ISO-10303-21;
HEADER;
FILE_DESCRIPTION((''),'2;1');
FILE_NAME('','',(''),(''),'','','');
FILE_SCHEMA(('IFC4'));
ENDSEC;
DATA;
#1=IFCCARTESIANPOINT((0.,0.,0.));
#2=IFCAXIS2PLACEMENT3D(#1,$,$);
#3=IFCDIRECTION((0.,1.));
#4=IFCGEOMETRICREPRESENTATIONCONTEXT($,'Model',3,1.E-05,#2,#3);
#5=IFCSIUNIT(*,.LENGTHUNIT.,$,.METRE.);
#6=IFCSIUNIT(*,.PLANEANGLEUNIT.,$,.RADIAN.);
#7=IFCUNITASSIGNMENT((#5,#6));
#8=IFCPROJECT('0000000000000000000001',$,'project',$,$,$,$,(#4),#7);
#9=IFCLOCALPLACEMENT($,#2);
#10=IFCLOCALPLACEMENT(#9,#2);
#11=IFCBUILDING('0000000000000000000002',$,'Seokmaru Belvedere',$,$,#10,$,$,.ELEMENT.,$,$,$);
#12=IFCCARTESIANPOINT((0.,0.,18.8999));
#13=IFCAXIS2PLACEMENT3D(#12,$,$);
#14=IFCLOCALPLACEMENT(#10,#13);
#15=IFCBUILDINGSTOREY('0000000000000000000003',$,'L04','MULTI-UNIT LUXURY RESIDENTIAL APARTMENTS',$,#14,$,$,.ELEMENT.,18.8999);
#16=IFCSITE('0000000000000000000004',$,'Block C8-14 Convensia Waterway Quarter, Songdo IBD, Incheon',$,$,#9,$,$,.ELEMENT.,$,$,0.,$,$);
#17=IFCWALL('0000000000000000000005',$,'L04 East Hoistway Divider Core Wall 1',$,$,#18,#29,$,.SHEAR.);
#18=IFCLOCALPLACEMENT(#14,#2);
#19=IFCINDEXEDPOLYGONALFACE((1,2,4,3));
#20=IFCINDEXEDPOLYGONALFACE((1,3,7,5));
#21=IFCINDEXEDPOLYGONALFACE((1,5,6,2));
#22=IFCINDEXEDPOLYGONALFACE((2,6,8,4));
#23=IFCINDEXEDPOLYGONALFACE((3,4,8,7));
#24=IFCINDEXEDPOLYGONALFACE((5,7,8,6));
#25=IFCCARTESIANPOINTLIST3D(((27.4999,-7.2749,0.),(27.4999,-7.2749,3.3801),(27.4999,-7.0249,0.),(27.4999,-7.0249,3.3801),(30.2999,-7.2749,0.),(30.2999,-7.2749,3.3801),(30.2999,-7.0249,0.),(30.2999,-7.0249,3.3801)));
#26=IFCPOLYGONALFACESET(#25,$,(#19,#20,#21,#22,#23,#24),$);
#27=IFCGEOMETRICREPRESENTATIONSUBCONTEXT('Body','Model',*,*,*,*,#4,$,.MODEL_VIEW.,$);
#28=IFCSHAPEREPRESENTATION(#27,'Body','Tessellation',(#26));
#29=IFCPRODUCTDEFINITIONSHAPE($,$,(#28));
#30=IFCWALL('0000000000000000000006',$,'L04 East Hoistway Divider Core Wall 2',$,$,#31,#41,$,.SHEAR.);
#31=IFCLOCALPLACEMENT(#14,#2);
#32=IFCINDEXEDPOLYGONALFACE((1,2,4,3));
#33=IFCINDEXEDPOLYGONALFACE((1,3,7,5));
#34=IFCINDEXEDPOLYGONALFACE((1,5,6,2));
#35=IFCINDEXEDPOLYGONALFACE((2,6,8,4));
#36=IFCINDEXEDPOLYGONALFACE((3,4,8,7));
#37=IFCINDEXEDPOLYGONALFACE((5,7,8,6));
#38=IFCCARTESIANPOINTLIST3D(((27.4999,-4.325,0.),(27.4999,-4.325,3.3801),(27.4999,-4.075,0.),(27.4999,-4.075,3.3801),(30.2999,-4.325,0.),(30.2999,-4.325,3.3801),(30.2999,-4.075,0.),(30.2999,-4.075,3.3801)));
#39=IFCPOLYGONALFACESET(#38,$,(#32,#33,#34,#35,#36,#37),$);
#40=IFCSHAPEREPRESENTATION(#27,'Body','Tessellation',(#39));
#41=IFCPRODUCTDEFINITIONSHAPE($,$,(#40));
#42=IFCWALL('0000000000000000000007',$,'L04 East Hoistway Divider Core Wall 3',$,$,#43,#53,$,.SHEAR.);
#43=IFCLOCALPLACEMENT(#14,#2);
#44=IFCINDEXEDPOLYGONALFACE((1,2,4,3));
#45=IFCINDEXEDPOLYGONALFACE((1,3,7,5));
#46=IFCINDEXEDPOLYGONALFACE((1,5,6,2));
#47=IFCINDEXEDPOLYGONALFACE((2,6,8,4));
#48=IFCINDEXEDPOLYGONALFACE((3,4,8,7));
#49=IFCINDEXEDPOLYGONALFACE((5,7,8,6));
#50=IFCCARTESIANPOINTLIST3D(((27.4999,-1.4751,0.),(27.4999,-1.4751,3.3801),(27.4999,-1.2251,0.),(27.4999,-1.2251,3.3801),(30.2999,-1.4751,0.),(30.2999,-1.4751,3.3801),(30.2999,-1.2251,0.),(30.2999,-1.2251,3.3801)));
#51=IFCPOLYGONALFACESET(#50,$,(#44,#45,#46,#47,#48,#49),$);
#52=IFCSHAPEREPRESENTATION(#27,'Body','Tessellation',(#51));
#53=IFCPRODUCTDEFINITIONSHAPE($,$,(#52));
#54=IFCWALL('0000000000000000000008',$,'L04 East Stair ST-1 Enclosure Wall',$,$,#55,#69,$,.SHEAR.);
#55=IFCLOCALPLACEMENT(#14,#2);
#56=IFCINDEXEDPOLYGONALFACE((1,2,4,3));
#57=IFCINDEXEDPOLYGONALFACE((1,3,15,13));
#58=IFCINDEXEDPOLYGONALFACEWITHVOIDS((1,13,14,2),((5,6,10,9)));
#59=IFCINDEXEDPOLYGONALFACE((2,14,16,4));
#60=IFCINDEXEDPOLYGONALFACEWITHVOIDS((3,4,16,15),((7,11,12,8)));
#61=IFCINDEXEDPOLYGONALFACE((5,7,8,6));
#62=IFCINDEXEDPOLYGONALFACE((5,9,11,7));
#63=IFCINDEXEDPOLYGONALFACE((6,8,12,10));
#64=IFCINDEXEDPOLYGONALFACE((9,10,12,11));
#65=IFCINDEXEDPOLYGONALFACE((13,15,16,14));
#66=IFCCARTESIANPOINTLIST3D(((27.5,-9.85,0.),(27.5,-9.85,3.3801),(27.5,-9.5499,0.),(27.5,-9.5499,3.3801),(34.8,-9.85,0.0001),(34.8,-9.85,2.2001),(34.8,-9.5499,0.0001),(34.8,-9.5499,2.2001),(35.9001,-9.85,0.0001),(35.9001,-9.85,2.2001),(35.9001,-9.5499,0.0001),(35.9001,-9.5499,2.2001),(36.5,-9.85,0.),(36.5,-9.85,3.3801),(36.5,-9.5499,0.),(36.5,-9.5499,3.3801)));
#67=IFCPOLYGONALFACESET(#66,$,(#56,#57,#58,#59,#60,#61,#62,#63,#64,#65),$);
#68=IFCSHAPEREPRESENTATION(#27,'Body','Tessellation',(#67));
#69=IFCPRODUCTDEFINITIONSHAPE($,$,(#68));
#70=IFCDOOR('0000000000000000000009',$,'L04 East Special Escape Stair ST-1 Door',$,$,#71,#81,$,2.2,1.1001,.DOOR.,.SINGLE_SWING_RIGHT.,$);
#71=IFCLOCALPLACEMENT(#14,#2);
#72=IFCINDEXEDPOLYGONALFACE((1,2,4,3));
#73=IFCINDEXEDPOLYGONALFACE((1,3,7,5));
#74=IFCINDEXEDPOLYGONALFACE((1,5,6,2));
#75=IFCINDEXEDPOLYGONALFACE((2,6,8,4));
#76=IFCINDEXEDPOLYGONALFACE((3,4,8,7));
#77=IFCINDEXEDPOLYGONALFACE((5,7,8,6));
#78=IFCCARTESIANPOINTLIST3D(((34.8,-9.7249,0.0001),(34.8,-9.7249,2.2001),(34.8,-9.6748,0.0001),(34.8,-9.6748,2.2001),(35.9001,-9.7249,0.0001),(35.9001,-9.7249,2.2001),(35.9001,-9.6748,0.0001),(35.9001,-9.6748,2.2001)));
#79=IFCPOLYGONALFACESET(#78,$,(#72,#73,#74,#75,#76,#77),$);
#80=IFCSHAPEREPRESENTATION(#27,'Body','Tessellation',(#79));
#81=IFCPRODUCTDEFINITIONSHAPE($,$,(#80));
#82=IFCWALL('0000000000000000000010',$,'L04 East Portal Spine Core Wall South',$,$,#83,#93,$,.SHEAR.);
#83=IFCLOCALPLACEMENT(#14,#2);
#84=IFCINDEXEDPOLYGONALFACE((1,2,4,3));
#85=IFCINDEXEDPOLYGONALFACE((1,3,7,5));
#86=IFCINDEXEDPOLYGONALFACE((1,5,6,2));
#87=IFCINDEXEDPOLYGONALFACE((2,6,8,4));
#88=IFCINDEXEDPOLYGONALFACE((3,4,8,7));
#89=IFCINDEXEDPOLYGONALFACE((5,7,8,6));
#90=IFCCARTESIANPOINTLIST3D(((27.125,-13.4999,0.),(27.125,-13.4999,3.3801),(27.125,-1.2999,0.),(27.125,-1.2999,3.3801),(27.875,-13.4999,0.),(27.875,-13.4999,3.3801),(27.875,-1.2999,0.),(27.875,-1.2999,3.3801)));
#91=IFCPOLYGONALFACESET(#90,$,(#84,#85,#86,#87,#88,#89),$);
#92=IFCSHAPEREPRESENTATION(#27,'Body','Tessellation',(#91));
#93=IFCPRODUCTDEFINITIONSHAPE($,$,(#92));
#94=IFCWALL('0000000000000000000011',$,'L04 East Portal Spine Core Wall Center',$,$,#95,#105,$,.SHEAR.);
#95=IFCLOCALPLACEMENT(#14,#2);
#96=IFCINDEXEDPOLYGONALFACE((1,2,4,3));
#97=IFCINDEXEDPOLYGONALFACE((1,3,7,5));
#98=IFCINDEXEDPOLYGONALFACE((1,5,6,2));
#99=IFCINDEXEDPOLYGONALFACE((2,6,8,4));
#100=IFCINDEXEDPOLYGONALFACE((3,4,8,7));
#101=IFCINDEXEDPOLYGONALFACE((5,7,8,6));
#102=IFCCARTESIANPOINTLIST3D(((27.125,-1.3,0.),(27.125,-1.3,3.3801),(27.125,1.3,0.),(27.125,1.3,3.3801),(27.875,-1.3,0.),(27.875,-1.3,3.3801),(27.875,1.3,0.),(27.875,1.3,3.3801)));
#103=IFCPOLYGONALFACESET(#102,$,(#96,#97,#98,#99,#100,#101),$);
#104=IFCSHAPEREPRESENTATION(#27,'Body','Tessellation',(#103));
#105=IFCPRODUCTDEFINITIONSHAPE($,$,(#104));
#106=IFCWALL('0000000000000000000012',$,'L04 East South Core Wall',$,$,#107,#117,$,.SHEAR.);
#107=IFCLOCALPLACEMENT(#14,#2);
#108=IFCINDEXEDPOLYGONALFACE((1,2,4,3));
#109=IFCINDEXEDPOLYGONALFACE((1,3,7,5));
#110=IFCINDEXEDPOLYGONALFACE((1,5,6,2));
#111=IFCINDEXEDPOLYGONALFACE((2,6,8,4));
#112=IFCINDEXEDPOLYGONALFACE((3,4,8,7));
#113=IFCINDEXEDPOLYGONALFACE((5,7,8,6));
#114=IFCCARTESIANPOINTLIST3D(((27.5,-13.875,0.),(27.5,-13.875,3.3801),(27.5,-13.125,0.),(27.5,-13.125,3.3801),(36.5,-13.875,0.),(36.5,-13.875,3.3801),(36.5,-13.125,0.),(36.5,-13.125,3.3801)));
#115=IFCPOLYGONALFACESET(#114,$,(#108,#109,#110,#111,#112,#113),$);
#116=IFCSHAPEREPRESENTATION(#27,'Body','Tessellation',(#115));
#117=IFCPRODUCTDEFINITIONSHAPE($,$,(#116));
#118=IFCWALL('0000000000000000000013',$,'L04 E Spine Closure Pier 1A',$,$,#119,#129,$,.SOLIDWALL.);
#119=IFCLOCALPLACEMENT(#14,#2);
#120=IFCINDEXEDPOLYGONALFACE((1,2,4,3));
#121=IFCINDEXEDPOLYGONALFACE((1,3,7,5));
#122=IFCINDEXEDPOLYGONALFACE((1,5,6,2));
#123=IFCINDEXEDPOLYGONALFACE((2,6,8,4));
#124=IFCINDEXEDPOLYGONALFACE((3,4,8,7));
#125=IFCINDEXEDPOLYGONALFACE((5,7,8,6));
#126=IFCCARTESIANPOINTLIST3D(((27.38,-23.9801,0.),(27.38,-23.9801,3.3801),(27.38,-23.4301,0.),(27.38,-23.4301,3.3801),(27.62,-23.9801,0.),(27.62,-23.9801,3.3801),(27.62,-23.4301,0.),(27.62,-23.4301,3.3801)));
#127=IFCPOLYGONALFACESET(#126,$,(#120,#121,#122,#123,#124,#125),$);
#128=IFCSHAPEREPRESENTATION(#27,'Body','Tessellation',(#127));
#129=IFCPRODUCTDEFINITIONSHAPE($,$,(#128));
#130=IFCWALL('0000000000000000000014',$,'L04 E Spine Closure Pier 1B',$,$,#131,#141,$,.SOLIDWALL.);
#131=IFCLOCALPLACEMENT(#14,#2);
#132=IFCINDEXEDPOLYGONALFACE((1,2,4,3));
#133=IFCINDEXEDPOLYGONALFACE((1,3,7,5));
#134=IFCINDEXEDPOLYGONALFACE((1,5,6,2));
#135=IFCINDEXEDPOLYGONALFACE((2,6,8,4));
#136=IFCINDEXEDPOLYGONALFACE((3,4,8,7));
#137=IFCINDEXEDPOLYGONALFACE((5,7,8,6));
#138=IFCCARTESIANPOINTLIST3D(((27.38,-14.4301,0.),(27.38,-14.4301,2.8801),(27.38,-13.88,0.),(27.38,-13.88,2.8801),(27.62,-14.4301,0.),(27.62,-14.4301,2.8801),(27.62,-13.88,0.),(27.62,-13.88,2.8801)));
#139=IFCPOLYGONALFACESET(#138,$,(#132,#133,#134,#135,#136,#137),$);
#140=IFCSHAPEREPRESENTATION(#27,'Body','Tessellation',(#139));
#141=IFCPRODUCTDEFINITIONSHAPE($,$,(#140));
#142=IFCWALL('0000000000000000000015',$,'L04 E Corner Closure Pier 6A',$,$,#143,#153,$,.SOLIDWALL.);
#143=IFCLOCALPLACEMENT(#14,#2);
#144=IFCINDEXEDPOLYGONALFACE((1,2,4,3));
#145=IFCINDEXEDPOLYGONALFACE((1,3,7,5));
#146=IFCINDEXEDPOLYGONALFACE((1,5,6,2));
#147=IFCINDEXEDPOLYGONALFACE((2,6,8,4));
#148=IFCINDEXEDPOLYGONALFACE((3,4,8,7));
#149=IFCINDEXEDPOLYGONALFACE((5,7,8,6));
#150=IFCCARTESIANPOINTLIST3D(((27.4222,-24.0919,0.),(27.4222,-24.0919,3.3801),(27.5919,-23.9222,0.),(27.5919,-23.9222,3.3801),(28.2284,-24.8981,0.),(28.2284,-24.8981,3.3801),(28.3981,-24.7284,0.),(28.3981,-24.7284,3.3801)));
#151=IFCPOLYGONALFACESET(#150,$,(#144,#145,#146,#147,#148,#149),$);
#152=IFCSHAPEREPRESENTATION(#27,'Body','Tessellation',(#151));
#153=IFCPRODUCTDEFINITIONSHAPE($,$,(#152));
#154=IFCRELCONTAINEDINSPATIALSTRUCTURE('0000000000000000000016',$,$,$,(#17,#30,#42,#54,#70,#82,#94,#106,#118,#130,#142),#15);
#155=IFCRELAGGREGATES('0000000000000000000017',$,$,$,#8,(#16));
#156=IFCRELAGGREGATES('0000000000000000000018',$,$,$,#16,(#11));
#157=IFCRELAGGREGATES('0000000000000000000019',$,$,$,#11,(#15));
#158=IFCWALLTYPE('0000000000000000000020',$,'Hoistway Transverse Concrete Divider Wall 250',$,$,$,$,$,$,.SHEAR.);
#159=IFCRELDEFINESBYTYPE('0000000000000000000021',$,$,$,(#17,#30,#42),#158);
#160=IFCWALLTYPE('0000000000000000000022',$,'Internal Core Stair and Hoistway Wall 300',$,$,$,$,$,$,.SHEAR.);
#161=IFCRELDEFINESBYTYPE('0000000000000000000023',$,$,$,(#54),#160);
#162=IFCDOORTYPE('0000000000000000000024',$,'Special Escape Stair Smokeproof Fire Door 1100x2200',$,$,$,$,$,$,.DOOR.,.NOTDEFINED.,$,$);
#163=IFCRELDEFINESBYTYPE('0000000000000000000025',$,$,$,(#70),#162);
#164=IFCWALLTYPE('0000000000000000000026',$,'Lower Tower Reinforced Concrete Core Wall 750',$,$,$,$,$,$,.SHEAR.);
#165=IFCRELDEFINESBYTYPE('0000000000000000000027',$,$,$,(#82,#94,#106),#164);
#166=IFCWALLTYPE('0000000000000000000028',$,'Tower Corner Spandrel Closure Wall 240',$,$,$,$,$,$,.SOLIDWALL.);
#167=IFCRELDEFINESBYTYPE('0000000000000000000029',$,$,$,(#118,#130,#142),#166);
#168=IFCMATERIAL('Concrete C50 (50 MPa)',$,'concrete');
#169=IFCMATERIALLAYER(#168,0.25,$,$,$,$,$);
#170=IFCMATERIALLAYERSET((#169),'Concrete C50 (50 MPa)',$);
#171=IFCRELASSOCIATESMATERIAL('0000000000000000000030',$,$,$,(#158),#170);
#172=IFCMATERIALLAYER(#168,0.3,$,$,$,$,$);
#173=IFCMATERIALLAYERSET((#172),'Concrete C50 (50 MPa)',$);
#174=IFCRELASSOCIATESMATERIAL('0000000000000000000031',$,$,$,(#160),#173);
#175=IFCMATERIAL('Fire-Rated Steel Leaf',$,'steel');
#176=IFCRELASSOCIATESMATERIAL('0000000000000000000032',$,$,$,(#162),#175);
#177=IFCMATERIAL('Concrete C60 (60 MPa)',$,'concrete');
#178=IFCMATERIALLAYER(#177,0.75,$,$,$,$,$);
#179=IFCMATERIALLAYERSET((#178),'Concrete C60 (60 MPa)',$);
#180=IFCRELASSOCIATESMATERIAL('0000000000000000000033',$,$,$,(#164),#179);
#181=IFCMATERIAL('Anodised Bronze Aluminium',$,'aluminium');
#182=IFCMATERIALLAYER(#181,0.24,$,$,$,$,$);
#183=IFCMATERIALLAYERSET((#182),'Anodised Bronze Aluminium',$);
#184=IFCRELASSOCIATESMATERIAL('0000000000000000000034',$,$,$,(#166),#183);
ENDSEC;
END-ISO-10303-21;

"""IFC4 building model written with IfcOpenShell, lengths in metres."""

from ifc_helpers import new_model, si_unit, direction, frame, frame_2d, origin, place, context, subcontext, project, spatial, rectangle, extrude, source, transform, mapped, material, layer, layer_set, type_object, type_shapes, element, fill, save


model = new_model("IFC4")

# Units and contexts
model_context = context("Model", 3, precision=1e-05, world=origin(), true_north=direction((0.0, 1.0)))
body_context = subcontext(model_context, "Body", "Model", "MODEL_VIEW")
ifc_project = project(units=[si_unit("LENGTHUNIT", "METRE"), si_unit("PLANEANGLEUNIT", "RADIAN")], contexts=[model_context])

# Site, building, storey
site_placement = place(None, origin())
site = spatial("IfcSite", under=ifc_project, at=site_placement, Name="Block C8-14 Convensia Waterway Quarter, Songdo IBD, Incheon", CompositionType="ELEMENT", RefElevation=0.0)
building_placement = place(site_placement, origin())
building = spatial("IfcBuilding", under=site, at=building_placement, Name="Seokmaru Belvedere", CompositionType="ELEMENT")
storey_placement = place(building_placement, frame((0.0, 0.0, 18.8999)))
storey = spatial("IfcBuildingStorey", under=building, at=storey_placement, Name="L04", Description="MULTI-UNIT LUXURY RESIDENTIAL APARTMENTS", CompositionType="ELEMENT", Elevation=18.8999)

# Shared definitions
ifc_material_1 = material(Name="Anodised Bronze Aluminium", Category="aluminium")

# Walls
ifc_material_2 = material(Name="Concrete C50 (50 MPa)", Category="concrete")
ifc_layer_1 = layer(ifc_material_2, 0.25)
ifc_layer_set_1 = layer_set([ifc_layer_1], Name="Concrete C50 (50 MPa)")
wall_type_1 = type_object("IfcWallType", Name="Hoistway Transverse Concrete Divider Wall 250", PredefinedType="SHEAR", material=ifc_layer_set_1)
for number, where, z_axis, x_axis, name in (
    (1, (27.5, -7.1499, 0.0), (0.0, 0.0, 1.0), (1.0, 0.0, 0.0), "L04 East Hoistway Divider Core Wall 1"),
    (2, (27.5, -4.2, 0.0), (0.0, 0.0, 1.0), (1.0, 0.0, 0.0), "L04 East Hoistway Divider Core Wall 2"),
    (3, (27.5, -1.3501, 0.0), (0.0, 0.0, 1.0), (1.0, 0.0, 0.0), "L04 East Hoistway Divider Core Wall 3"),
):
    element("IfcWall", number, at=place(storey_placement, frame(where, z_axis=z_axis, x_axis=x_axis)), inside=storey, type_object=wall_type_1, Name=name, PredefinedType="SHEAR", context=body_context, shape_type="SweptSolid", body=[
        extrude(rectangle(XDim=2.8, YDim=0.25, at=frame_2d((1.3999, 0.0))), origin(), (0.0, 0.0, 1.0), 3.3801),
    ])

# Wall, opening, door
ifc_layer_2 = layer(ifc_material_2, 0.3)
ifc_layer_set_2 = layer_set([ifc_layer_2], Name="Concrete C50 (50 MPa)")
wall_type_2 = type_object("IfcWallType", Name="Internal Core Stair and Hoistway Wall 300", PredefinedType="SHEAR", material=ifc_layer_set_2)
wall_1_placement = place(storey_placement, frame((27.5, -9.7, 0.0), z_axis=(0.0, 0.0, 1.0), x_axis=(1.0, 0.0, 0.0)))
wall_1 = element("IfcWall", 4, at=wall_1_placement, inside=storey, type_object=wall_type_2, Name="L04 East Stair ST-1 Enclosure Wall", PredefinedType="SHEAR", context=body_context, shape_type="SweptSolid", body=[
    extrude(rectangle(XDim=9.0, YDim=0.3, at=frame_2d((4.5, 0.0))), origin(), (0.0, 0.0, 1.0), 3.3801),
])
opening_1_placement = place(wall_1_placement, frame((7.3, 0.0, 0.0)))
opening_1 = element("IfcOpeningElement", 5, at=opening_1_placement, cuts=wall_1, PredefinedType="OPENING", context=body_context, shape_type="SweptSolid", body=[
    extrude(rectangle(XDim=1.1001, YDim=2.2, at=frame_2d((0.55, 1.1001))), frame((0.0, 0.1602, 0.0), z_axis=(0.0, -1.0, 0.0), x_axis=(1.0, 0.0, 0.0)), (0.0, 0.0, 1.0), 0.3201),
])
ifc_material_3 = material(Name="Fire-Rated Steel Leaf", Category="steel")
door_type = type_object("IfcDoorType", Name="Special Escape Stair Smokeproof Fire Door 1100x2200", OperationType="NOTDEFINED", PredefinedType="DOOR", material=ifc_material_3)
shared_shape_1 = source(origin(), body_context, "Body", "SweptSolid", [
    extrude(rectangle(XDim=1.1001, YDim=2.2, at=frame_2d((0.55, 1.1001))), frame((0.0, 0.0249, 0.0), z_axis=(0.0, -1.0, 0.0), x_axis=(1.0, 0.0, 0.0)), (0.0, 0.0, 1.0), 0.05),
])
type_shapes(door_type, [shared_shape_1])
door_placement = place(opening_1_placement, frame((1.1001, 0.0, 0.0), z_axis=(0.0, 0.0, 1.0), x_axis=(-1.0, 0.0, 0.0)))
door = element("IfcDoor", 6, at=door_placement, inside=storey, type_object=door_type, Name="L04 East Special Escape Stair ST-1 Door", OperationType="SINGLE_SWING_RIGHT", OverallHeight=2.2, OverallWidth=1.1001, PredefinedType="DOOR", context=body_context, shape_type="MappedRepresentation", body=[
    mapped(shared_shape_1, transform((0.0, 0.0, 0.0), scale=1.0)),
])
fill(opening_1, door)

# Walls
ifc_material_4 = material(Name="Concrete C60 (60 MPa)", Category="concrete")
ifc_layer_3 = layer(ifc_material_4, 0.75)
ifc_layer_set_3 = layer_set([ifc_layer_3], Name="Concrete C60 (60 MPa)")
wall_type_3 = type_object("IfcWallType", Name="Lower Tower Reinforced Concrete Core Wall 750", PredefinedType="SHEAR", material=ifc_layer_set_3)
wall_2_placement = place(storey_placement, frame((27.5, -13.5, 0.0), z_axis=(0.0, 0.0, 1.0), x_axis=(0.0, 1.0, 0.0)))
element("IfcWall", 7, at=wall_2_placement, inside=storey, type_object=wall_type_3, Name="L04 East Portal Spine Core Wall South", PredefinedType="SHEAR", context=body_context, shape_type="SweptSolid", body=[
    extrude(rectangle(XDim=12.2, YDim=0.75, at=frame_2d((6.1001, 0.0))), origin(), (0.0, 0.0, 1.0), 3.3801),
])
wall_3_placement = place(storey_placement, frame((27.5, -1.3, 0.0), z_axis=(0.0, 0.0, 1.0), x_axis=(0.0, 1.0, 0.0)))
element("IfcWall", 8, at=wall_3_placement, inside=storey, type_object=wall_type_3, Name="L04 East Portal Spine Core Wall Center", PredefinedType="SHEAR", context=body_context, shape_type="SweptSolid", body=[
    extrude(rectangle(XDim=2.6001, YDim=0.75, at=frame_2d((1.3, 0.0))), origin(), (0.0, 0.0, 1.0), 3.3801),
])
wall_4_placement = place(storey_placement, frame((27.5, -13.5, 0.0), z_axis=(0.0, 0.0, 1.0), x_axis=(1.0, 0.0, 0.0)))
element("IfcWall", 9, at=wall_4_placement, inside=storey, type_object=wall_type_3, Name="L04 East South Core Wall", PredefinedType="SHEAR", context=body_context, shape_type="SweptSolid", body=[
    extrude(rectangle(XDim=9.0, YDim=0.75, at=frame_2d((4.5, 0.0))), origin(), (0.0, 0.0, 1.0), 3.3801),
])
ifc_layer_4 = layer(ifc_material_1, 0.24)
ifc_layer_set_4 = layer_set([ifc_layer_4], Name="Anodised Bronze Aluminium")
wall_type_4 = type_object("IfcWallType", Name="Tower Corner Spandrel Closure Wall 240", PredefinedType="SOLIDWALL", material=ifc_layer_set_4)
wall_5_placement = place(storey_placement, frame((27.5, -23.98, 0.0), z_axis=(0.0, 0.0, 1.0), x_axis=(0.0, 1.0, 0.0)))
element("IfcWall", 10, at=wall_5_placement, inside=storey, type_object=wall_type_4, Name="L04 E Spine Closure Pier 1A", PredefinedType="SOLIDWALL", context=body_context, shape_type="SweptSolid", body=[
    extrude(rectangle(XDim=0.55, YDim=0.24, at=frame_2d((0.2749, 0.0))), origin(), (0.0, 0.0, 1.0), 3.3801),
])
wall_6_placement = place(storey_placement, frame((27.5, -14.4299, 0.0), z_axis=(0.0, 0.0, 1.0), x_axis=(0.0, 1.0, 0.0)))
element("IfcWall", 11, at=wall_6_placement, inside=storey, type_object=wall_type_4, Name="L04 E Spine Closure Pier 1B", PredefinedType="SOLIDWALL", context=body_context, shape_type="SweptSolid", body=[
    extrude(rectangle(XDim=0.55, YDim=0.24, at=frame_2d((0.2749, 0.0))), origin(), (0.0, 0.0, 1.0), 2.8801),
])
wall_7_placement = place(storey_placement, frame((27.5071, -24.0071, 0.0), z_axis=(0.0, 0.0, 1.0), x_axis=(0.707107, -0.707107, 0.0)))
element("IfcWall", 12, at=wall_7_placement, inside=storey, type_object=wall_type_4, Name="L04 E Corner Closure Pier 6A", PredefinedType="SOLIDWALL", context=body_context, shape_type="SweptSolid", body=[
    extrude(rectangle(XDim=1.1401, YDim=0.24, at=frame_2d((0.5701, 0.0))), origin(), (0.0, 0.0, 1.0), 3.3801),
])

save(model, "model.ifc")
